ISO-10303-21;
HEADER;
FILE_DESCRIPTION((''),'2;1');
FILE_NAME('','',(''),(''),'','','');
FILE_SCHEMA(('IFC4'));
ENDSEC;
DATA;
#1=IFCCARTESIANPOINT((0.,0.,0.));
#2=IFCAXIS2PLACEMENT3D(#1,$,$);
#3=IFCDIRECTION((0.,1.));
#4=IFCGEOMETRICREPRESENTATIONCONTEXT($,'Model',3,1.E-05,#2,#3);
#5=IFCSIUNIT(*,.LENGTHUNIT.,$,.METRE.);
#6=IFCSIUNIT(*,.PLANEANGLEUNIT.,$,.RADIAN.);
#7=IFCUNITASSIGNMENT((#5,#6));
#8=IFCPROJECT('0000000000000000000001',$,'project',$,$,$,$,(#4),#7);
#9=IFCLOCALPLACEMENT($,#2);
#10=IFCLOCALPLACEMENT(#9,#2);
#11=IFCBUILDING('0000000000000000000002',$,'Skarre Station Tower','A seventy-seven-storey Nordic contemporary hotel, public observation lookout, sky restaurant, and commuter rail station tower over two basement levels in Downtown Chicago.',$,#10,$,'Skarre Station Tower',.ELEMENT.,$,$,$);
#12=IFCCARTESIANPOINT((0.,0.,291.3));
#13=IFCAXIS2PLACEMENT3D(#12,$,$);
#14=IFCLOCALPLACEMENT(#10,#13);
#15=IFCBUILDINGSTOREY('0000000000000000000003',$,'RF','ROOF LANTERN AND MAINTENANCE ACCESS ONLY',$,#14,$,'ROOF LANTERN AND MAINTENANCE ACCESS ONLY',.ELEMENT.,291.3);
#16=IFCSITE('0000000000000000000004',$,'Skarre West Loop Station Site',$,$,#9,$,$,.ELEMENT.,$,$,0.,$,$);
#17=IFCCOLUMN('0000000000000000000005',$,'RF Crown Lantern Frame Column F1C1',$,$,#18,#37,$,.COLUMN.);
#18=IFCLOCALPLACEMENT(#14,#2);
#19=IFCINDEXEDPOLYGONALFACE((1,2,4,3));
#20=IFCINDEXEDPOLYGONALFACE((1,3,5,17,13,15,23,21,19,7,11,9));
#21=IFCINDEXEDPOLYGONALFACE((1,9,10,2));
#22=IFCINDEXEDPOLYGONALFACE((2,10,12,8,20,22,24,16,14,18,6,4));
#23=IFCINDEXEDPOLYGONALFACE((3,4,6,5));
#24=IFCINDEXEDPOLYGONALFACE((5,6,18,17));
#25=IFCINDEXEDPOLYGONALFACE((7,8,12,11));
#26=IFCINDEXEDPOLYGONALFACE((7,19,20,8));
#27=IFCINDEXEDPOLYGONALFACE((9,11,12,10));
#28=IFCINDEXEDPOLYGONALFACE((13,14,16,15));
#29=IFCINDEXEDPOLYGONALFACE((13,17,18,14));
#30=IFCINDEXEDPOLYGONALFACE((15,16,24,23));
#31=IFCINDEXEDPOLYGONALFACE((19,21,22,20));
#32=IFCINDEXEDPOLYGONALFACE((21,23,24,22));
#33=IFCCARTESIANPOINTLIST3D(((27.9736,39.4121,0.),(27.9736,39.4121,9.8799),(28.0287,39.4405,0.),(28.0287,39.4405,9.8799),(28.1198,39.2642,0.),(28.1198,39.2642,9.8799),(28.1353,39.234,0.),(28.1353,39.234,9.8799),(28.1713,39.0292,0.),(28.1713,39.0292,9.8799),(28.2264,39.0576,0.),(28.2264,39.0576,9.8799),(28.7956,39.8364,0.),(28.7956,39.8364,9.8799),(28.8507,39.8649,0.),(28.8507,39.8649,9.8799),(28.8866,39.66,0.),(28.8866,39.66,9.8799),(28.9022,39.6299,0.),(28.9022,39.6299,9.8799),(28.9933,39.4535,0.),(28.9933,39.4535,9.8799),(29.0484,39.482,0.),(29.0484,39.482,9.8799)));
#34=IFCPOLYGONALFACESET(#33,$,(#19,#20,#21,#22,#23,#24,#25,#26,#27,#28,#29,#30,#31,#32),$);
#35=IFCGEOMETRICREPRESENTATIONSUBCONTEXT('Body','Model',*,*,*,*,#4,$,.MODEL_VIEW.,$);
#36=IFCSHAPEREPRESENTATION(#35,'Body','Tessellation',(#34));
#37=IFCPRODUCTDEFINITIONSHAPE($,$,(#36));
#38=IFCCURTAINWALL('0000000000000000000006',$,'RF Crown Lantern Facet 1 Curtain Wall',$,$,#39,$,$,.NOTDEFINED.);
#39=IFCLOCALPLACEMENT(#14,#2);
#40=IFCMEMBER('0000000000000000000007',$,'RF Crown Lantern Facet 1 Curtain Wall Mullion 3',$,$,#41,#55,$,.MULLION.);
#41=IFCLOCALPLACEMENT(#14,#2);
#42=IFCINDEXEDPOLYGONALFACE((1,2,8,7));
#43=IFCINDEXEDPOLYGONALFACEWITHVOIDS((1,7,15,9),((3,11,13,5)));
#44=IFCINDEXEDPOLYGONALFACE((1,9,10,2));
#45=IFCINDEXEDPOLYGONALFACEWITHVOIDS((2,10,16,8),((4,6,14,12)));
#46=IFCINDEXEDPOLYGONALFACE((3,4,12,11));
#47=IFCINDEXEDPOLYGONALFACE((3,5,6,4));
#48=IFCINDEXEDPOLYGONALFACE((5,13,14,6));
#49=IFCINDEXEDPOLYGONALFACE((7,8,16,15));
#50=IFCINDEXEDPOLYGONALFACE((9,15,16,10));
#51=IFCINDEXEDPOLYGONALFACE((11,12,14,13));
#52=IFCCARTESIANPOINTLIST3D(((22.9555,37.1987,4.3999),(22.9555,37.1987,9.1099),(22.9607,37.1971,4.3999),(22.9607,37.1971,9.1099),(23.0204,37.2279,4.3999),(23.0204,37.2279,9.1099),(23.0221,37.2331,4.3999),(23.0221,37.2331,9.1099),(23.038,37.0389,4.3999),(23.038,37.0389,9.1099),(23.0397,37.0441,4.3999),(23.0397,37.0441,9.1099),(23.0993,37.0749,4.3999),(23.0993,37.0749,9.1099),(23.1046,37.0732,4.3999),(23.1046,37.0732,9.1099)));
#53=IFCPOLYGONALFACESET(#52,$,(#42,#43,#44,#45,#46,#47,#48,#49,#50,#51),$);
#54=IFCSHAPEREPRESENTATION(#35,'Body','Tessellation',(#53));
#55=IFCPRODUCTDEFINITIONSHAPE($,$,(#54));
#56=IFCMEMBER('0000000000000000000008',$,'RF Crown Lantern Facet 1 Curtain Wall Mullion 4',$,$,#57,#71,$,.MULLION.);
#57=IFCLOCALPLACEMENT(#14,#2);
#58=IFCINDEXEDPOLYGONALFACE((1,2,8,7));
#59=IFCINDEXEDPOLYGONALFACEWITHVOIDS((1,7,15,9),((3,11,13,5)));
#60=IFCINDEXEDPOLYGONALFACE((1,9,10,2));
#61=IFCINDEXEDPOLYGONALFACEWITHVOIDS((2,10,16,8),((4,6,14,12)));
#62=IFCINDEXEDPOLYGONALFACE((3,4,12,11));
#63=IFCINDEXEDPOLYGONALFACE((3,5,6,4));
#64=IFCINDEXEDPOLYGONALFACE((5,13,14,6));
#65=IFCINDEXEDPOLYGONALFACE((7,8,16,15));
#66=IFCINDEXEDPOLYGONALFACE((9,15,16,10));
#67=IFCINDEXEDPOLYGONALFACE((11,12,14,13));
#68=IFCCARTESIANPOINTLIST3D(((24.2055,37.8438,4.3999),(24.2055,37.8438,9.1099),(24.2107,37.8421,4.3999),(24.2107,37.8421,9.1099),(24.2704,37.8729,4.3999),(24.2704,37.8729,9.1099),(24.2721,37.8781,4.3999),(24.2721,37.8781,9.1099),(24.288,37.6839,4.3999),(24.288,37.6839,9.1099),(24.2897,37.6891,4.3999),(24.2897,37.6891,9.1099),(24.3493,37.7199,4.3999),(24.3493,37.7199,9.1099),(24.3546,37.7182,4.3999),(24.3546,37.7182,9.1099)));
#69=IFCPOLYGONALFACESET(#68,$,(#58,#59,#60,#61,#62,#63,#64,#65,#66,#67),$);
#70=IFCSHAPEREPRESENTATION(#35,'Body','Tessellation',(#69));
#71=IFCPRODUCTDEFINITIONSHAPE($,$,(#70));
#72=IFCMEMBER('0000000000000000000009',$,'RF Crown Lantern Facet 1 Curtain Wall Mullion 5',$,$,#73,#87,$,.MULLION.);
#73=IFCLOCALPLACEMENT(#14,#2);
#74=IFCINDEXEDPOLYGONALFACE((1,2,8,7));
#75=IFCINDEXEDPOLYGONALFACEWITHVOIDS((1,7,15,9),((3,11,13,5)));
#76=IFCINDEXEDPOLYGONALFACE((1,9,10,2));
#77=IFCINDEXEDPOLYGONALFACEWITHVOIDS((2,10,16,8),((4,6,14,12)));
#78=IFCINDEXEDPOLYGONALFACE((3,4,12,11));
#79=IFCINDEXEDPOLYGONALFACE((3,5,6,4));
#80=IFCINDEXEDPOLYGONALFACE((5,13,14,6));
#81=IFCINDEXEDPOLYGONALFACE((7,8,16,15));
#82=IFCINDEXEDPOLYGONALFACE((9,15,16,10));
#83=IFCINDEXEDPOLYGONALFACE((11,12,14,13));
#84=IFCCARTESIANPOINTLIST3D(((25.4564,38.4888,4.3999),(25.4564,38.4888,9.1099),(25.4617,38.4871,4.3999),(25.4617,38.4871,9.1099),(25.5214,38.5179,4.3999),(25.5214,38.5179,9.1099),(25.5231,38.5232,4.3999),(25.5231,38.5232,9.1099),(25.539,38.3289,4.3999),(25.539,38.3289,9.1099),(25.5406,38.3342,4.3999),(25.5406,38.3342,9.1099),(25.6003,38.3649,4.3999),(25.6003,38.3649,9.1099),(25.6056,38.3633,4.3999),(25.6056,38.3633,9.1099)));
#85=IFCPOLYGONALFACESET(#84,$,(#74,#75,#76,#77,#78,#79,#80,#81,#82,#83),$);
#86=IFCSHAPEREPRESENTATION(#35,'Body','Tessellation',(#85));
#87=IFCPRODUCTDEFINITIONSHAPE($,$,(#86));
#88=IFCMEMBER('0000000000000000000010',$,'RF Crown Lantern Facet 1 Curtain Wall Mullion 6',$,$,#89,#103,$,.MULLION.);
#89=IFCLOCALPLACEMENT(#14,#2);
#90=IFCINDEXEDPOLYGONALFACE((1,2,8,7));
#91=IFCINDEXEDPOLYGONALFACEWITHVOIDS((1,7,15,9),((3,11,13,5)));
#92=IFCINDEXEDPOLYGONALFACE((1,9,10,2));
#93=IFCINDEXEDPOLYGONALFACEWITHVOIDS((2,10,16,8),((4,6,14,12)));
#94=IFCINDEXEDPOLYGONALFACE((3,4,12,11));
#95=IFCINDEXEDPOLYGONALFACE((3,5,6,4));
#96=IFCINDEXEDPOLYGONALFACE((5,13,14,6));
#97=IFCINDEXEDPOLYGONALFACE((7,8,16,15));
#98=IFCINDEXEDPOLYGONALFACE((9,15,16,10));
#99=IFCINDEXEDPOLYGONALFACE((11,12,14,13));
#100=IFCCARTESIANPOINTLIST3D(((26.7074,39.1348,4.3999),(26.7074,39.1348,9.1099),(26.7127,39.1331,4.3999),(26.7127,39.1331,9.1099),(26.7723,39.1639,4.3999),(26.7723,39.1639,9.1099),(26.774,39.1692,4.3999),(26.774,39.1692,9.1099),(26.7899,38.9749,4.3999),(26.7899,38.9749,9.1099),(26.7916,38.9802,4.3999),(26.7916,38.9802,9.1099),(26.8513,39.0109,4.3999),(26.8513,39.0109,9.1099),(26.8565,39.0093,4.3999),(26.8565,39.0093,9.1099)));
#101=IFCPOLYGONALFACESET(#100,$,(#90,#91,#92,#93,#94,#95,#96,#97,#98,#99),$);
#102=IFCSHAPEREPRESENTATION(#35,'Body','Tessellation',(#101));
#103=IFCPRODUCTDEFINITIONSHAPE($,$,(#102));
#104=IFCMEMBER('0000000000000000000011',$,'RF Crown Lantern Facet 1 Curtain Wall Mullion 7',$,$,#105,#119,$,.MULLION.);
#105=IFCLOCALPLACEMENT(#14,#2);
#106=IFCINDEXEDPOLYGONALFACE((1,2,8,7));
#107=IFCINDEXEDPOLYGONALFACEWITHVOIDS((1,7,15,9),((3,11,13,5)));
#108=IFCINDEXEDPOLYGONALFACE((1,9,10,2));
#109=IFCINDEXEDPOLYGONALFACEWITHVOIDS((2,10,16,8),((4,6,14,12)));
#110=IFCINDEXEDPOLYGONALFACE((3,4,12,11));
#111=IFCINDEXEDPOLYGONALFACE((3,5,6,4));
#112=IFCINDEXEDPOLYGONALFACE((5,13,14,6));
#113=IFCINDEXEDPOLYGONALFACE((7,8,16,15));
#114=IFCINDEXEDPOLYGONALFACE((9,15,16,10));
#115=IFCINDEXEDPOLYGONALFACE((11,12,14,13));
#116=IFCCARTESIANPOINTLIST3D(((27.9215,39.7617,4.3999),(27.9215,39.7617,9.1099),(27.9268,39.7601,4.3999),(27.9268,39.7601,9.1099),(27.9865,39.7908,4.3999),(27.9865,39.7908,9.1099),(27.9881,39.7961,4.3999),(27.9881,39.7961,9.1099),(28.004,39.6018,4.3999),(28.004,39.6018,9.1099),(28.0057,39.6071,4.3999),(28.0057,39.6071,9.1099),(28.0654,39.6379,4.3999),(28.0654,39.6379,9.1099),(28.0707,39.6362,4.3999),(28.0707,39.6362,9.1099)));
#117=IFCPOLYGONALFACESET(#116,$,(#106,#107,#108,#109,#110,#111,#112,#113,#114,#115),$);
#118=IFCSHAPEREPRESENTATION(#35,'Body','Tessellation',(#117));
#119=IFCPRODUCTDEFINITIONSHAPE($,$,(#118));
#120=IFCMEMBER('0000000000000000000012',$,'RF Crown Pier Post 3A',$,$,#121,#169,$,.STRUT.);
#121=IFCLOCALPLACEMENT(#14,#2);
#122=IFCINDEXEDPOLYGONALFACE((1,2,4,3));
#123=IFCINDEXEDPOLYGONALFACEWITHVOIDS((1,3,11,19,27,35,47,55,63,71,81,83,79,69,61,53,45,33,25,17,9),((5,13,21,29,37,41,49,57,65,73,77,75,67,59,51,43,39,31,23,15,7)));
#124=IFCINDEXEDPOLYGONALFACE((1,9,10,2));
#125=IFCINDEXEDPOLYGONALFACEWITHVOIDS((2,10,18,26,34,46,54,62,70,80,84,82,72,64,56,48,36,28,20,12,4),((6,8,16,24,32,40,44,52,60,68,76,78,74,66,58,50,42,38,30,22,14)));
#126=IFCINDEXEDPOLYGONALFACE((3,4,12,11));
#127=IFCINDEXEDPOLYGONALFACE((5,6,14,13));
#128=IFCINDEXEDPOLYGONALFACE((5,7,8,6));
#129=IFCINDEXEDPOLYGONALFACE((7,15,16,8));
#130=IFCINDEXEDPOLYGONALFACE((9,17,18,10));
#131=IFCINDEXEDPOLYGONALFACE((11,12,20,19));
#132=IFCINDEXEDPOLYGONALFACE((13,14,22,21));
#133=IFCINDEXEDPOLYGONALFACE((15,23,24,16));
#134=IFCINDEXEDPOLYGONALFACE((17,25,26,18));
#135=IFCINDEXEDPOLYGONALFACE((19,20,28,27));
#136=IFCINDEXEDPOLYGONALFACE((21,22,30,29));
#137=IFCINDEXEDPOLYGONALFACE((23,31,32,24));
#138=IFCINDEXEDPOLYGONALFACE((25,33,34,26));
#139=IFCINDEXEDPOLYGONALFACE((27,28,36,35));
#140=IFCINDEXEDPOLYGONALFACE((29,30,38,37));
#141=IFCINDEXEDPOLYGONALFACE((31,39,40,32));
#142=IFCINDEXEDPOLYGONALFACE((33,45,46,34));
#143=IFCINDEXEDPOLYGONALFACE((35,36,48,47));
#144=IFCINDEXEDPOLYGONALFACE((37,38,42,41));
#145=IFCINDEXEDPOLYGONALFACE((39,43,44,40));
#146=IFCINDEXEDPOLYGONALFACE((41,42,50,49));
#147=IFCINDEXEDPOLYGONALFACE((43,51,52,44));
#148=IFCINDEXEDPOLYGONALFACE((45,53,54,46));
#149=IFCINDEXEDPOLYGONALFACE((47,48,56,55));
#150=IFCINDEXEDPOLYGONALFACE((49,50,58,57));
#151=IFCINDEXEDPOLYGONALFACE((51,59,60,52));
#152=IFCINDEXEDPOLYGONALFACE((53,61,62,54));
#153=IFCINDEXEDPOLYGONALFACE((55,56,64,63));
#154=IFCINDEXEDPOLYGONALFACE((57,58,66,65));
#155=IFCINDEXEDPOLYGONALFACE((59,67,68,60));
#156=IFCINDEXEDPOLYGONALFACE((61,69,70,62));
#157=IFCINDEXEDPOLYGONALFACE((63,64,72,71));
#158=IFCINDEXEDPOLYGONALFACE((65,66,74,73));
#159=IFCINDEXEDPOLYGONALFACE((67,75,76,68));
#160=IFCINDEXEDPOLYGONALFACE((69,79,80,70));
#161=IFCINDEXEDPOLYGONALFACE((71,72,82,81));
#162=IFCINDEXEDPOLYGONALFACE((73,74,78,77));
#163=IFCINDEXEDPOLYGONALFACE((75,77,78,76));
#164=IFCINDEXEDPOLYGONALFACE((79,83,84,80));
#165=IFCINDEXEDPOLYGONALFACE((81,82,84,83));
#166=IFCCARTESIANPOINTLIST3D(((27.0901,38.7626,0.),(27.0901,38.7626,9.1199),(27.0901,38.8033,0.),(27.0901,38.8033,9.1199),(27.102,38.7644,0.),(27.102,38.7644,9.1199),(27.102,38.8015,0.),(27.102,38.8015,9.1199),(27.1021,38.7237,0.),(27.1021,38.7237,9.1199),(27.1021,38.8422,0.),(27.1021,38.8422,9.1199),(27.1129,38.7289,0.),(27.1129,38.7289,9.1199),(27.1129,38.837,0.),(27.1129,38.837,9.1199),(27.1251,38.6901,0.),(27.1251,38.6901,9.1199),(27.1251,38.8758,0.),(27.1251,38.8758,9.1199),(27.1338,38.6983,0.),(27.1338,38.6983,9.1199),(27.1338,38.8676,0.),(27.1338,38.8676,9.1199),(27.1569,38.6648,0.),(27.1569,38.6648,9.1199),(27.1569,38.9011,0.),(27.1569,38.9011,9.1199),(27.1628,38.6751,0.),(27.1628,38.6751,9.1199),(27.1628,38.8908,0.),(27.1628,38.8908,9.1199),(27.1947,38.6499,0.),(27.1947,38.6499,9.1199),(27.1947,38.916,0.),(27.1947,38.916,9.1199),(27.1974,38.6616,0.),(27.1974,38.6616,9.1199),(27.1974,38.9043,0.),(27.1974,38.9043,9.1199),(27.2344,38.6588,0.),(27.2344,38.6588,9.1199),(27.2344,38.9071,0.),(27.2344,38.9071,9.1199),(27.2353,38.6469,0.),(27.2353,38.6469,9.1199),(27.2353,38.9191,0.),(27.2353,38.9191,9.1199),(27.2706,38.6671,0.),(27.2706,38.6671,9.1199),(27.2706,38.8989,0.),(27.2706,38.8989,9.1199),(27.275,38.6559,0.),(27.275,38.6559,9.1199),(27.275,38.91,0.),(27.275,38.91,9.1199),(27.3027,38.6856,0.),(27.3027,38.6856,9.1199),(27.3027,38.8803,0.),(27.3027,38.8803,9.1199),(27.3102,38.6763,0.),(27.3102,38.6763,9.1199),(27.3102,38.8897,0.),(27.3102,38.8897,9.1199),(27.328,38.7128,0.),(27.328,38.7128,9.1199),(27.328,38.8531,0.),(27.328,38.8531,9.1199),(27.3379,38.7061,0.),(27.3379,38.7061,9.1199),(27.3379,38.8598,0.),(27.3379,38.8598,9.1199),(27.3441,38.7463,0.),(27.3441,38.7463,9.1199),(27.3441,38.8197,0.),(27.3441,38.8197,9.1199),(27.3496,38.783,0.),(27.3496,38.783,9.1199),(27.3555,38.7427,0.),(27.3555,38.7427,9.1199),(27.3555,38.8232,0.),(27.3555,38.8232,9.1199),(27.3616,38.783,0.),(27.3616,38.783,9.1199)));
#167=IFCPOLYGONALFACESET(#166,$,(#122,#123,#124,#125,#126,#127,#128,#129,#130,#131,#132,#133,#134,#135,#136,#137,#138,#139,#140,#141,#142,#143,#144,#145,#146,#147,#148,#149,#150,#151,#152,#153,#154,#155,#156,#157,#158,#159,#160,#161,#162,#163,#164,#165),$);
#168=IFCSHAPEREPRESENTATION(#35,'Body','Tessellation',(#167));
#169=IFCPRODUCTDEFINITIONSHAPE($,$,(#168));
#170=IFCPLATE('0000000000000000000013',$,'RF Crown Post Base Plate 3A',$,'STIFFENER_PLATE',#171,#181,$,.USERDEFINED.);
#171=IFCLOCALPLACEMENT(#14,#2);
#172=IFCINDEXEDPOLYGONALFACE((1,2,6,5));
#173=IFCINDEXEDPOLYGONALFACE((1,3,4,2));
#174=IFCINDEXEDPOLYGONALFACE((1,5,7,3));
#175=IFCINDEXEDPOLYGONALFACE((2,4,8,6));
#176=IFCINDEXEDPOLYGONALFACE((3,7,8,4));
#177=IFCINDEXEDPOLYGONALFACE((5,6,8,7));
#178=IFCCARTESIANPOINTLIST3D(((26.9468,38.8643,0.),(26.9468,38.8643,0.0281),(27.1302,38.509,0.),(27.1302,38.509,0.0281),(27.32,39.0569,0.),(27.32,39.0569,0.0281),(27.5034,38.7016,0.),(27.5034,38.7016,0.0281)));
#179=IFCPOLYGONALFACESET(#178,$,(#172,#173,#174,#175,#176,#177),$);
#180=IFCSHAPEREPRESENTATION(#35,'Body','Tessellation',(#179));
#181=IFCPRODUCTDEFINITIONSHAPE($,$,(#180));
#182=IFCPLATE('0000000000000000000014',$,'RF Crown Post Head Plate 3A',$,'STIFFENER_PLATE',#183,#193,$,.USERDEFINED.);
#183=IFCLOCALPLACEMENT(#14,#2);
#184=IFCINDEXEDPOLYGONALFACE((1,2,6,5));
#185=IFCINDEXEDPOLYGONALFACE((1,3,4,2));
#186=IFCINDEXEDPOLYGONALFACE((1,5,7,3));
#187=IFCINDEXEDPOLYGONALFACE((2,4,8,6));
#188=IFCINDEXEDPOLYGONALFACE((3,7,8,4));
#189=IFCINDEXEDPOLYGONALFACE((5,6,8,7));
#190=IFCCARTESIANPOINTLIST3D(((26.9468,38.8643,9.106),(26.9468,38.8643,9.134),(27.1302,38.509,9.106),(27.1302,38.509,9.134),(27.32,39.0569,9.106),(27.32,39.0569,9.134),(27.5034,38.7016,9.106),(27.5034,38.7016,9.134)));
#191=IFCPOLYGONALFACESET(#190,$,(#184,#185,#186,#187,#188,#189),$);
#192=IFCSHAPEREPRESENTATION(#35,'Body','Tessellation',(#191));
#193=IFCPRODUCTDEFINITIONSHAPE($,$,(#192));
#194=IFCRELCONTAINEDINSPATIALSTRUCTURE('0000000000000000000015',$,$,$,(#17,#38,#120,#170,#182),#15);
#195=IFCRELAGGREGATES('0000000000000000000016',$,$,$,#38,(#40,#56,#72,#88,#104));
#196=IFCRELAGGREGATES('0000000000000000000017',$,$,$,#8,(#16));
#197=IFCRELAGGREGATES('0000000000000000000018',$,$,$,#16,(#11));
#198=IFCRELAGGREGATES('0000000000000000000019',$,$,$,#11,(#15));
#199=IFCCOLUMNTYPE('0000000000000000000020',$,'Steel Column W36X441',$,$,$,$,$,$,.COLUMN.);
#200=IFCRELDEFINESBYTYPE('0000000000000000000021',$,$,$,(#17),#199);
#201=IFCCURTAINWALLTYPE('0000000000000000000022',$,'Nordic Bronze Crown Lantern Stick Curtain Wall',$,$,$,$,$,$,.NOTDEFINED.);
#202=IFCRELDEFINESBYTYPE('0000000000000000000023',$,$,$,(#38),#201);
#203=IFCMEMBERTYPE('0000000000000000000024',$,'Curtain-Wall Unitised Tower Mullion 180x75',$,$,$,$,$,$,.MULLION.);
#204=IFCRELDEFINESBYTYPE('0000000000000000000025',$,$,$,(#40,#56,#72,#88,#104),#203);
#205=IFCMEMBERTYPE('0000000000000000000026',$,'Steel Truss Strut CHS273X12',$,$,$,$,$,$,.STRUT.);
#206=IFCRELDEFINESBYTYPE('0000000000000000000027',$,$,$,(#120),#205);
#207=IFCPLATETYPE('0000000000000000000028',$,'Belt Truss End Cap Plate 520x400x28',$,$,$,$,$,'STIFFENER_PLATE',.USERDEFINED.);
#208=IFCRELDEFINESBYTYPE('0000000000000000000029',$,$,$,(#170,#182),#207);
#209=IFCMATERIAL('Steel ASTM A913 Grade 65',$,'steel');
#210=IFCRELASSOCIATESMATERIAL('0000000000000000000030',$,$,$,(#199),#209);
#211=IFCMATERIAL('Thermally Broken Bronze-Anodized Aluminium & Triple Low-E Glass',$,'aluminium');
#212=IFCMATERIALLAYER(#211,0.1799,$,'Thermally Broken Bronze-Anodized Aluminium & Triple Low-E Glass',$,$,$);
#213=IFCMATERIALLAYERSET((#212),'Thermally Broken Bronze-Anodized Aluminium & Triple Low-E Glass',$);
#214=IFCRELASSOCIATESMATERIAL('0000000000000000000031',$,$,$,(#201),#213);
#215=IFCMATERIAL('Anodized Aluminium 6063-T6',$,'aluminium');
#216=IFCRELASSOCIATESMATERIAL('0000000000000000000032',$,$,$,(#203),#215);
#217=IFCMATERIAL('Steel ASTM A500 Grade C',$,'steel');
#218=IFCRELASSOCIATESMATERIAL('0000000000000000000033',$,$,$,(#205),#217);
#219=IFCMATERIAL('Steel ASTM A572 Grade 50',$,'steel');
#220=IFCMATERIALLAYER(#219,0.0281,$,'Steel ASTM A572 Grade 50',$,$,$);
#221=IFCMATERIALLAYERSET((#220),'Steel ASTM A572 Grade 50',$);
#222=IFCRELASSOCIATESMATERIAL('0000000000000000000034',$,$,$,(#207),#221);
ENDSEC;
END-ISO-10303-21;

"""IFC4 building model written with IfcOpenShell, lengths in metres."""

from ifc_helpers import new_model, si_unit, direction, frame, origin, origin_2d, place, context, subcontext, project, spatial, rectangle, hollow_rectangle, hollow_circle, i_section, extrude, material, layer, layer_set, material_profile, profile_set, type_object, element, aggregate, save


model = new_model("IFC4")

# Units and contexts
model_context = context("Model", 3, precision=1e-05, world=origin(), true_north=direction((0.0, 1.0)))
body_context = subcontext(model_context, "Body", "Model", "MODEL_VIEW")
ifc_project = project(units=[si_unit("LENGTHUNIT", "METRE"), si_unit("PLANEANGLEUNIT", "RADIAN")], contexts=[model_context])

# Site, building, storey
site_placement = place(None, origin())
site = spatial("IfcSite", under=ifc_project, at=site_placement, Name="Skarre West Loop Station Site", CompositionType="ELEMENT", RefElevation=0.0)
building_placement = place(site_placement, origin())
building = spatial("IfcBuilding", under=site, at=building_placement, Name="Skarre Station Tower", Description="A seventy-seven-storey Nordic contemporary hotel, public observation lookout, sky restaurant, and commuter rail station tower over two basement levels in Downtown Chicago.", LongName="Skarre Station Tower", CompositionType="ELEMENT")
storey_placement = place(building_placement, frame((0.0, 0.0, 291.3)))
storey = spatial("IfcBuildingStorey", under=building, at=storey_placement, Name="RF", Description="ROOF LANTERN AND MAINTENANCE ACCESS ONLY", LongName="ROOF LANTERN AND MAINTENANCE ACCESS ONLY", CompositionType="ELEMENT", Elevation=291.3)

# Column
ifc_material_1 = material(Name="Steel ASTM A913 Grade 65", Category="steel")
ifc_material_profile_1 = material_profile(ifc_material_1, i_section(OverallWidth=0.4309, OverallDepth=0.9871, WebThickness=0.0339, FlangeThickness=0.062, at=origin_2d()), Name="Steel ASTM A913 Grade 65")
ifc_profile_set_1 = profile_set([ifc_material_profile_1], Name="Steel ASTM A913 Grade 65")
column_type = type_object("IfcColumnType", Name="Steel Column W36X441", PredefinedType="COLUMN", material=ifc_profile_set_1)
column_placement = place(storey_placement, frame((28.511, 39.447, 0.0), z_axis=(0.0, 0.0, 1.0), x_axis=(-0.458712, 0.888585, 0.0)))
element("IfcColumn", 1, at=column_placement, inside=storey, type_object=column_type, Name="RF Crown Lantern Frame Column F1C1", PredefinedType="COLUMN", context=body_context, shape_type="SweptSolid", body=[
    extrude(i_section(OverallWidth=0.4309, OverallDepth=0.9871, WebThickness=0.0339, FlangeThickness=0.062, at=origin_2d()), origin(), (0.0, 0.0, 1.0), 9.8799),
])

# Curtain wall, members
ifc_material_2 = material(Name="Thermally Broken Bronze-Anodized Aluminium & Triple Low-E Glass", Category="aluminium")
ifc_layer_1 = layer(ifc_material_2, 0.1799, Name="Thermally Broken Bronze-Anodized Aluminium & Triple Low-E Glass")
ifc_layer_set_1 = layer_set([ifc_layer_1], Name="Thermally Broken Bronze-Anodized Aluminium & Triple Low-E Glass")
curtain_wall_type = type_object("IfcCurtainWallType", Name="Nordic Bronze Crown Lantern Stick Curtain Wall", PredefinedType="NOTDEFINED", material=ifc_layer_set_1)
curtain_wall_placement = place(storey_placement, origin())
curtain_wall = element("IfcCurtainWall", 2, at=curtain_wall_placement, inside=storey, type_object=curtain_wall_type, Name="RF Crown Lantern Facet 1 Curtain Wall", PredefinedType="NOTDEFINED")
ifc_material_3 = material(Name="Anodized Aluminium 6063-T6", Category="aluminium")
ifc_material_profile_2 = material_profile(ifc_material_3, hollow_rectangle(XDim=0.075, YDim=0.1799, WallThickness=0.0039, at=origin_2d()), Name="Anodized Aluminium 6063-T6")
ifc_profile_set_2 = profile_set([ifc_material_profile_2], Name="Anodized Aluminium 6063-T6")
member_type_1 = type_object("IfcMemberType", Name="Curtain-Wall Unitised Tower Mullion 180x75", PredefinedType="MULLION", material=ifc_profile_set_2)
member_1_placement = place(storey_placement, frame((23.03, 37.136, 4.3999), z_axis=(0.0, 0.0, 1.0), x_axis=(0.888649, 0.458588, 0.0)))
member_1 = element("IfcMember", 3, at=member_1_placement, type_object=member_type_1, Name="RF Crown Lantern Facet 1 Curtain Wall Mullion 3", PredefinedType="MULLION", context=body_context, shape_type="SweptSolid", body=[
    extrude(hollow_rectangle(XDim=0.075, YDim=0.1799, WallThickness=0.0039, at=origin_2d()), origin(), (0.0, 0.0, 1.0), 4.71),
])
member_2_placement = place(storey_placement, frame((24.28, 37.781, 4.3999), z_axis=(0.0, 0.0, 1.0), x_axis=(0.888649, 0.458588, 0.0)))
member_2 = element("IfcMember", 4, at=member_2_placement, type_object=member_type_1, Name="RF Crown Lantern Facet 1 Curtain Wall Mullion 4", PredefinedType="MULLION", context=body_context, shape_type="SweptSolid", body=[
    extrude(hollow_rectangle(XDim=0.075, YDim=0.1799, WallThickness=0.0039, at=origin_2d()), origin(), (0.0, 0.0, 1.0), 4.71),
])
member_3_placement = place(storey_placement, frame((25.531, 38.426, 4.3999), z_axis=(0.0, 0.0, 1.0), x_axis=(0.888649, 0.458588, 0.0)))
member_3 = element("IfcMember", 5, at=member_3_placement, type_object=member_type_1, Name="RF Crown Lantern Facet 1 Curtain Wall Mullion 5", PredefinedType="MULLION", context=body_context, shape_type="SweptSolid", body=[
    extrude(hollow_rectangle(XDim=0.075, YDim=0.1799, WallThickness=0.0039, at=origin_2d()), origin(), (0.0, 0.0, 1.0), 4.71),
])
member_4_placement = place(storey_placement, frame((26.782, 39.072, 4.3999), z_axis=(0.0, 0.0, 1.0), x_axis=(0.888649, 0.458588, 0.0)))
member_4 = element("IfcMember", 6, at=member_4_placement, type_object=member_type_1, Name="RF Crown Lantern Facet 1 Curtain Wall Mullion 6", PredefinedType="MULLION", context=body_context, shape_type="SweptSolid", body=[
    extrude(hollow_rectangle(XDim=0.075, YDim=0.1799, WallThickness=0.0039, at=origin_2d()), origin(), (0.0, 0.0, 1.0), 4.71),
])
member_5_placement = place(storey_placement, frame((27.9961, 39.699, 4.3999), z_axis=(0.0, 0.0, 1.0), x_axis=(0.888649, 0.458588, 0.0)))
member_5 = element("IfcMember", 7, at=member_5_placement, type_object=member_type_1, Name="RF Crown Lantern Facet 1 Curtain Wall Mullion 7", PredefinedType="MULLION", context=body_context, shape_type="SweptSolid", body=[
    extrude(hollow_rectangle(XDim=0.075, YDim=0.1799, WallThickness=0.0039, at=origin_2d()), origin(), (0.0, 0.0, 1.0), 4.71),
])

# Member
ifc_material_4 = material(Name="Steel ASTM A500 Grade C", Category="steel")
ifc_material_profile_3 = material_profile(ifc_material_4, hollow_circle(Radius=0.1365, WallThickness=0.012, at=origin_2d()), Name="Steel ASTM A500 Grade C")
ifc_profile_set_3 = profile_set([ifc_material_profile_3], Name="Steel ASTM A500 Grade C")
member_type_2 = type_object("IfcMemberType", Name="Steel Truss Strut CHS273X12", PredefinedType="STRUT", material=ifc_profile_set_3)
member_6_placement = place(storey_placement, frame((27.2251, 38.783, 0.0), z_axis=(0.0, 0.0, 1.0), x_axis=(1.0, 0.0, 0.0)))
element("IfcMember", 8, at=member_6_placement, inside=storey, type_object=member_type_2, Name="RF Crown Pier Post 3A", PredefinedType="STRUT", context=body_context, shape_type="SweptSolid", body=[
    extrude(hollow_circle(Radius=0.1365, WallThickness=0.012, at=origin_2d()), origin(), (0.0, 0.0, 1.0), 9.1199),
])

# Plates
ifc_material_5 = material(Name="Steel ASTM A572 Grade 50", Category="steel")
ifc_layer_2 = layer(ifc_material_5, 0.0281, Name="Steel ASTM A572 Grade 50")
ifc_layer_set_2 = layer_set([ifc_layer_2], Name="Steel ASTM A572 Grade 50")
plate_type_1 = type_object("IfcPlateType", Name="Belt Truss End Cap Plate 520x400x28", ElementType="STIFFENER_PLATE", PredefinedType="USERDEFINED", material=ifc_layer_set_2)
for number, where, z_axis, x_axis, name in (
    (9, (27.2251, 38.783, 0.0), (0.0, 0.0, 1.0), (-0.888601, -0.458681, 0.0), "RF Crown Post Base Plate 3A"),
    (10, (27.2251, 38.783, 9.106), (0.0, 0.0, 1.0), (-0.888601, -0.458681, 0.0), "RF Crown Post Head Plate 3A"),
):
    element("IfcPlate", number, at=place(storey_placement, frame(where, z_axis=z_axis, x_axis=x_axis)), inside=storey, type_object=plate_type_1, Name=name, ObjectType="STIFFENER_PLATE", PredefinedType="USERDEFINED", context=body_context, shape_type="SweptSolid", body=[
        extrude(rectangle(XDim=0.4199, YDim=0.3999, at=origin_2d()), origin(), (0.0, 0.0, 1.0), 0.0281),
    ])

aggregate(curtain_wall, [member_1, member_2, member_3, member_4, member_5])

save(model, "model.ifc")
